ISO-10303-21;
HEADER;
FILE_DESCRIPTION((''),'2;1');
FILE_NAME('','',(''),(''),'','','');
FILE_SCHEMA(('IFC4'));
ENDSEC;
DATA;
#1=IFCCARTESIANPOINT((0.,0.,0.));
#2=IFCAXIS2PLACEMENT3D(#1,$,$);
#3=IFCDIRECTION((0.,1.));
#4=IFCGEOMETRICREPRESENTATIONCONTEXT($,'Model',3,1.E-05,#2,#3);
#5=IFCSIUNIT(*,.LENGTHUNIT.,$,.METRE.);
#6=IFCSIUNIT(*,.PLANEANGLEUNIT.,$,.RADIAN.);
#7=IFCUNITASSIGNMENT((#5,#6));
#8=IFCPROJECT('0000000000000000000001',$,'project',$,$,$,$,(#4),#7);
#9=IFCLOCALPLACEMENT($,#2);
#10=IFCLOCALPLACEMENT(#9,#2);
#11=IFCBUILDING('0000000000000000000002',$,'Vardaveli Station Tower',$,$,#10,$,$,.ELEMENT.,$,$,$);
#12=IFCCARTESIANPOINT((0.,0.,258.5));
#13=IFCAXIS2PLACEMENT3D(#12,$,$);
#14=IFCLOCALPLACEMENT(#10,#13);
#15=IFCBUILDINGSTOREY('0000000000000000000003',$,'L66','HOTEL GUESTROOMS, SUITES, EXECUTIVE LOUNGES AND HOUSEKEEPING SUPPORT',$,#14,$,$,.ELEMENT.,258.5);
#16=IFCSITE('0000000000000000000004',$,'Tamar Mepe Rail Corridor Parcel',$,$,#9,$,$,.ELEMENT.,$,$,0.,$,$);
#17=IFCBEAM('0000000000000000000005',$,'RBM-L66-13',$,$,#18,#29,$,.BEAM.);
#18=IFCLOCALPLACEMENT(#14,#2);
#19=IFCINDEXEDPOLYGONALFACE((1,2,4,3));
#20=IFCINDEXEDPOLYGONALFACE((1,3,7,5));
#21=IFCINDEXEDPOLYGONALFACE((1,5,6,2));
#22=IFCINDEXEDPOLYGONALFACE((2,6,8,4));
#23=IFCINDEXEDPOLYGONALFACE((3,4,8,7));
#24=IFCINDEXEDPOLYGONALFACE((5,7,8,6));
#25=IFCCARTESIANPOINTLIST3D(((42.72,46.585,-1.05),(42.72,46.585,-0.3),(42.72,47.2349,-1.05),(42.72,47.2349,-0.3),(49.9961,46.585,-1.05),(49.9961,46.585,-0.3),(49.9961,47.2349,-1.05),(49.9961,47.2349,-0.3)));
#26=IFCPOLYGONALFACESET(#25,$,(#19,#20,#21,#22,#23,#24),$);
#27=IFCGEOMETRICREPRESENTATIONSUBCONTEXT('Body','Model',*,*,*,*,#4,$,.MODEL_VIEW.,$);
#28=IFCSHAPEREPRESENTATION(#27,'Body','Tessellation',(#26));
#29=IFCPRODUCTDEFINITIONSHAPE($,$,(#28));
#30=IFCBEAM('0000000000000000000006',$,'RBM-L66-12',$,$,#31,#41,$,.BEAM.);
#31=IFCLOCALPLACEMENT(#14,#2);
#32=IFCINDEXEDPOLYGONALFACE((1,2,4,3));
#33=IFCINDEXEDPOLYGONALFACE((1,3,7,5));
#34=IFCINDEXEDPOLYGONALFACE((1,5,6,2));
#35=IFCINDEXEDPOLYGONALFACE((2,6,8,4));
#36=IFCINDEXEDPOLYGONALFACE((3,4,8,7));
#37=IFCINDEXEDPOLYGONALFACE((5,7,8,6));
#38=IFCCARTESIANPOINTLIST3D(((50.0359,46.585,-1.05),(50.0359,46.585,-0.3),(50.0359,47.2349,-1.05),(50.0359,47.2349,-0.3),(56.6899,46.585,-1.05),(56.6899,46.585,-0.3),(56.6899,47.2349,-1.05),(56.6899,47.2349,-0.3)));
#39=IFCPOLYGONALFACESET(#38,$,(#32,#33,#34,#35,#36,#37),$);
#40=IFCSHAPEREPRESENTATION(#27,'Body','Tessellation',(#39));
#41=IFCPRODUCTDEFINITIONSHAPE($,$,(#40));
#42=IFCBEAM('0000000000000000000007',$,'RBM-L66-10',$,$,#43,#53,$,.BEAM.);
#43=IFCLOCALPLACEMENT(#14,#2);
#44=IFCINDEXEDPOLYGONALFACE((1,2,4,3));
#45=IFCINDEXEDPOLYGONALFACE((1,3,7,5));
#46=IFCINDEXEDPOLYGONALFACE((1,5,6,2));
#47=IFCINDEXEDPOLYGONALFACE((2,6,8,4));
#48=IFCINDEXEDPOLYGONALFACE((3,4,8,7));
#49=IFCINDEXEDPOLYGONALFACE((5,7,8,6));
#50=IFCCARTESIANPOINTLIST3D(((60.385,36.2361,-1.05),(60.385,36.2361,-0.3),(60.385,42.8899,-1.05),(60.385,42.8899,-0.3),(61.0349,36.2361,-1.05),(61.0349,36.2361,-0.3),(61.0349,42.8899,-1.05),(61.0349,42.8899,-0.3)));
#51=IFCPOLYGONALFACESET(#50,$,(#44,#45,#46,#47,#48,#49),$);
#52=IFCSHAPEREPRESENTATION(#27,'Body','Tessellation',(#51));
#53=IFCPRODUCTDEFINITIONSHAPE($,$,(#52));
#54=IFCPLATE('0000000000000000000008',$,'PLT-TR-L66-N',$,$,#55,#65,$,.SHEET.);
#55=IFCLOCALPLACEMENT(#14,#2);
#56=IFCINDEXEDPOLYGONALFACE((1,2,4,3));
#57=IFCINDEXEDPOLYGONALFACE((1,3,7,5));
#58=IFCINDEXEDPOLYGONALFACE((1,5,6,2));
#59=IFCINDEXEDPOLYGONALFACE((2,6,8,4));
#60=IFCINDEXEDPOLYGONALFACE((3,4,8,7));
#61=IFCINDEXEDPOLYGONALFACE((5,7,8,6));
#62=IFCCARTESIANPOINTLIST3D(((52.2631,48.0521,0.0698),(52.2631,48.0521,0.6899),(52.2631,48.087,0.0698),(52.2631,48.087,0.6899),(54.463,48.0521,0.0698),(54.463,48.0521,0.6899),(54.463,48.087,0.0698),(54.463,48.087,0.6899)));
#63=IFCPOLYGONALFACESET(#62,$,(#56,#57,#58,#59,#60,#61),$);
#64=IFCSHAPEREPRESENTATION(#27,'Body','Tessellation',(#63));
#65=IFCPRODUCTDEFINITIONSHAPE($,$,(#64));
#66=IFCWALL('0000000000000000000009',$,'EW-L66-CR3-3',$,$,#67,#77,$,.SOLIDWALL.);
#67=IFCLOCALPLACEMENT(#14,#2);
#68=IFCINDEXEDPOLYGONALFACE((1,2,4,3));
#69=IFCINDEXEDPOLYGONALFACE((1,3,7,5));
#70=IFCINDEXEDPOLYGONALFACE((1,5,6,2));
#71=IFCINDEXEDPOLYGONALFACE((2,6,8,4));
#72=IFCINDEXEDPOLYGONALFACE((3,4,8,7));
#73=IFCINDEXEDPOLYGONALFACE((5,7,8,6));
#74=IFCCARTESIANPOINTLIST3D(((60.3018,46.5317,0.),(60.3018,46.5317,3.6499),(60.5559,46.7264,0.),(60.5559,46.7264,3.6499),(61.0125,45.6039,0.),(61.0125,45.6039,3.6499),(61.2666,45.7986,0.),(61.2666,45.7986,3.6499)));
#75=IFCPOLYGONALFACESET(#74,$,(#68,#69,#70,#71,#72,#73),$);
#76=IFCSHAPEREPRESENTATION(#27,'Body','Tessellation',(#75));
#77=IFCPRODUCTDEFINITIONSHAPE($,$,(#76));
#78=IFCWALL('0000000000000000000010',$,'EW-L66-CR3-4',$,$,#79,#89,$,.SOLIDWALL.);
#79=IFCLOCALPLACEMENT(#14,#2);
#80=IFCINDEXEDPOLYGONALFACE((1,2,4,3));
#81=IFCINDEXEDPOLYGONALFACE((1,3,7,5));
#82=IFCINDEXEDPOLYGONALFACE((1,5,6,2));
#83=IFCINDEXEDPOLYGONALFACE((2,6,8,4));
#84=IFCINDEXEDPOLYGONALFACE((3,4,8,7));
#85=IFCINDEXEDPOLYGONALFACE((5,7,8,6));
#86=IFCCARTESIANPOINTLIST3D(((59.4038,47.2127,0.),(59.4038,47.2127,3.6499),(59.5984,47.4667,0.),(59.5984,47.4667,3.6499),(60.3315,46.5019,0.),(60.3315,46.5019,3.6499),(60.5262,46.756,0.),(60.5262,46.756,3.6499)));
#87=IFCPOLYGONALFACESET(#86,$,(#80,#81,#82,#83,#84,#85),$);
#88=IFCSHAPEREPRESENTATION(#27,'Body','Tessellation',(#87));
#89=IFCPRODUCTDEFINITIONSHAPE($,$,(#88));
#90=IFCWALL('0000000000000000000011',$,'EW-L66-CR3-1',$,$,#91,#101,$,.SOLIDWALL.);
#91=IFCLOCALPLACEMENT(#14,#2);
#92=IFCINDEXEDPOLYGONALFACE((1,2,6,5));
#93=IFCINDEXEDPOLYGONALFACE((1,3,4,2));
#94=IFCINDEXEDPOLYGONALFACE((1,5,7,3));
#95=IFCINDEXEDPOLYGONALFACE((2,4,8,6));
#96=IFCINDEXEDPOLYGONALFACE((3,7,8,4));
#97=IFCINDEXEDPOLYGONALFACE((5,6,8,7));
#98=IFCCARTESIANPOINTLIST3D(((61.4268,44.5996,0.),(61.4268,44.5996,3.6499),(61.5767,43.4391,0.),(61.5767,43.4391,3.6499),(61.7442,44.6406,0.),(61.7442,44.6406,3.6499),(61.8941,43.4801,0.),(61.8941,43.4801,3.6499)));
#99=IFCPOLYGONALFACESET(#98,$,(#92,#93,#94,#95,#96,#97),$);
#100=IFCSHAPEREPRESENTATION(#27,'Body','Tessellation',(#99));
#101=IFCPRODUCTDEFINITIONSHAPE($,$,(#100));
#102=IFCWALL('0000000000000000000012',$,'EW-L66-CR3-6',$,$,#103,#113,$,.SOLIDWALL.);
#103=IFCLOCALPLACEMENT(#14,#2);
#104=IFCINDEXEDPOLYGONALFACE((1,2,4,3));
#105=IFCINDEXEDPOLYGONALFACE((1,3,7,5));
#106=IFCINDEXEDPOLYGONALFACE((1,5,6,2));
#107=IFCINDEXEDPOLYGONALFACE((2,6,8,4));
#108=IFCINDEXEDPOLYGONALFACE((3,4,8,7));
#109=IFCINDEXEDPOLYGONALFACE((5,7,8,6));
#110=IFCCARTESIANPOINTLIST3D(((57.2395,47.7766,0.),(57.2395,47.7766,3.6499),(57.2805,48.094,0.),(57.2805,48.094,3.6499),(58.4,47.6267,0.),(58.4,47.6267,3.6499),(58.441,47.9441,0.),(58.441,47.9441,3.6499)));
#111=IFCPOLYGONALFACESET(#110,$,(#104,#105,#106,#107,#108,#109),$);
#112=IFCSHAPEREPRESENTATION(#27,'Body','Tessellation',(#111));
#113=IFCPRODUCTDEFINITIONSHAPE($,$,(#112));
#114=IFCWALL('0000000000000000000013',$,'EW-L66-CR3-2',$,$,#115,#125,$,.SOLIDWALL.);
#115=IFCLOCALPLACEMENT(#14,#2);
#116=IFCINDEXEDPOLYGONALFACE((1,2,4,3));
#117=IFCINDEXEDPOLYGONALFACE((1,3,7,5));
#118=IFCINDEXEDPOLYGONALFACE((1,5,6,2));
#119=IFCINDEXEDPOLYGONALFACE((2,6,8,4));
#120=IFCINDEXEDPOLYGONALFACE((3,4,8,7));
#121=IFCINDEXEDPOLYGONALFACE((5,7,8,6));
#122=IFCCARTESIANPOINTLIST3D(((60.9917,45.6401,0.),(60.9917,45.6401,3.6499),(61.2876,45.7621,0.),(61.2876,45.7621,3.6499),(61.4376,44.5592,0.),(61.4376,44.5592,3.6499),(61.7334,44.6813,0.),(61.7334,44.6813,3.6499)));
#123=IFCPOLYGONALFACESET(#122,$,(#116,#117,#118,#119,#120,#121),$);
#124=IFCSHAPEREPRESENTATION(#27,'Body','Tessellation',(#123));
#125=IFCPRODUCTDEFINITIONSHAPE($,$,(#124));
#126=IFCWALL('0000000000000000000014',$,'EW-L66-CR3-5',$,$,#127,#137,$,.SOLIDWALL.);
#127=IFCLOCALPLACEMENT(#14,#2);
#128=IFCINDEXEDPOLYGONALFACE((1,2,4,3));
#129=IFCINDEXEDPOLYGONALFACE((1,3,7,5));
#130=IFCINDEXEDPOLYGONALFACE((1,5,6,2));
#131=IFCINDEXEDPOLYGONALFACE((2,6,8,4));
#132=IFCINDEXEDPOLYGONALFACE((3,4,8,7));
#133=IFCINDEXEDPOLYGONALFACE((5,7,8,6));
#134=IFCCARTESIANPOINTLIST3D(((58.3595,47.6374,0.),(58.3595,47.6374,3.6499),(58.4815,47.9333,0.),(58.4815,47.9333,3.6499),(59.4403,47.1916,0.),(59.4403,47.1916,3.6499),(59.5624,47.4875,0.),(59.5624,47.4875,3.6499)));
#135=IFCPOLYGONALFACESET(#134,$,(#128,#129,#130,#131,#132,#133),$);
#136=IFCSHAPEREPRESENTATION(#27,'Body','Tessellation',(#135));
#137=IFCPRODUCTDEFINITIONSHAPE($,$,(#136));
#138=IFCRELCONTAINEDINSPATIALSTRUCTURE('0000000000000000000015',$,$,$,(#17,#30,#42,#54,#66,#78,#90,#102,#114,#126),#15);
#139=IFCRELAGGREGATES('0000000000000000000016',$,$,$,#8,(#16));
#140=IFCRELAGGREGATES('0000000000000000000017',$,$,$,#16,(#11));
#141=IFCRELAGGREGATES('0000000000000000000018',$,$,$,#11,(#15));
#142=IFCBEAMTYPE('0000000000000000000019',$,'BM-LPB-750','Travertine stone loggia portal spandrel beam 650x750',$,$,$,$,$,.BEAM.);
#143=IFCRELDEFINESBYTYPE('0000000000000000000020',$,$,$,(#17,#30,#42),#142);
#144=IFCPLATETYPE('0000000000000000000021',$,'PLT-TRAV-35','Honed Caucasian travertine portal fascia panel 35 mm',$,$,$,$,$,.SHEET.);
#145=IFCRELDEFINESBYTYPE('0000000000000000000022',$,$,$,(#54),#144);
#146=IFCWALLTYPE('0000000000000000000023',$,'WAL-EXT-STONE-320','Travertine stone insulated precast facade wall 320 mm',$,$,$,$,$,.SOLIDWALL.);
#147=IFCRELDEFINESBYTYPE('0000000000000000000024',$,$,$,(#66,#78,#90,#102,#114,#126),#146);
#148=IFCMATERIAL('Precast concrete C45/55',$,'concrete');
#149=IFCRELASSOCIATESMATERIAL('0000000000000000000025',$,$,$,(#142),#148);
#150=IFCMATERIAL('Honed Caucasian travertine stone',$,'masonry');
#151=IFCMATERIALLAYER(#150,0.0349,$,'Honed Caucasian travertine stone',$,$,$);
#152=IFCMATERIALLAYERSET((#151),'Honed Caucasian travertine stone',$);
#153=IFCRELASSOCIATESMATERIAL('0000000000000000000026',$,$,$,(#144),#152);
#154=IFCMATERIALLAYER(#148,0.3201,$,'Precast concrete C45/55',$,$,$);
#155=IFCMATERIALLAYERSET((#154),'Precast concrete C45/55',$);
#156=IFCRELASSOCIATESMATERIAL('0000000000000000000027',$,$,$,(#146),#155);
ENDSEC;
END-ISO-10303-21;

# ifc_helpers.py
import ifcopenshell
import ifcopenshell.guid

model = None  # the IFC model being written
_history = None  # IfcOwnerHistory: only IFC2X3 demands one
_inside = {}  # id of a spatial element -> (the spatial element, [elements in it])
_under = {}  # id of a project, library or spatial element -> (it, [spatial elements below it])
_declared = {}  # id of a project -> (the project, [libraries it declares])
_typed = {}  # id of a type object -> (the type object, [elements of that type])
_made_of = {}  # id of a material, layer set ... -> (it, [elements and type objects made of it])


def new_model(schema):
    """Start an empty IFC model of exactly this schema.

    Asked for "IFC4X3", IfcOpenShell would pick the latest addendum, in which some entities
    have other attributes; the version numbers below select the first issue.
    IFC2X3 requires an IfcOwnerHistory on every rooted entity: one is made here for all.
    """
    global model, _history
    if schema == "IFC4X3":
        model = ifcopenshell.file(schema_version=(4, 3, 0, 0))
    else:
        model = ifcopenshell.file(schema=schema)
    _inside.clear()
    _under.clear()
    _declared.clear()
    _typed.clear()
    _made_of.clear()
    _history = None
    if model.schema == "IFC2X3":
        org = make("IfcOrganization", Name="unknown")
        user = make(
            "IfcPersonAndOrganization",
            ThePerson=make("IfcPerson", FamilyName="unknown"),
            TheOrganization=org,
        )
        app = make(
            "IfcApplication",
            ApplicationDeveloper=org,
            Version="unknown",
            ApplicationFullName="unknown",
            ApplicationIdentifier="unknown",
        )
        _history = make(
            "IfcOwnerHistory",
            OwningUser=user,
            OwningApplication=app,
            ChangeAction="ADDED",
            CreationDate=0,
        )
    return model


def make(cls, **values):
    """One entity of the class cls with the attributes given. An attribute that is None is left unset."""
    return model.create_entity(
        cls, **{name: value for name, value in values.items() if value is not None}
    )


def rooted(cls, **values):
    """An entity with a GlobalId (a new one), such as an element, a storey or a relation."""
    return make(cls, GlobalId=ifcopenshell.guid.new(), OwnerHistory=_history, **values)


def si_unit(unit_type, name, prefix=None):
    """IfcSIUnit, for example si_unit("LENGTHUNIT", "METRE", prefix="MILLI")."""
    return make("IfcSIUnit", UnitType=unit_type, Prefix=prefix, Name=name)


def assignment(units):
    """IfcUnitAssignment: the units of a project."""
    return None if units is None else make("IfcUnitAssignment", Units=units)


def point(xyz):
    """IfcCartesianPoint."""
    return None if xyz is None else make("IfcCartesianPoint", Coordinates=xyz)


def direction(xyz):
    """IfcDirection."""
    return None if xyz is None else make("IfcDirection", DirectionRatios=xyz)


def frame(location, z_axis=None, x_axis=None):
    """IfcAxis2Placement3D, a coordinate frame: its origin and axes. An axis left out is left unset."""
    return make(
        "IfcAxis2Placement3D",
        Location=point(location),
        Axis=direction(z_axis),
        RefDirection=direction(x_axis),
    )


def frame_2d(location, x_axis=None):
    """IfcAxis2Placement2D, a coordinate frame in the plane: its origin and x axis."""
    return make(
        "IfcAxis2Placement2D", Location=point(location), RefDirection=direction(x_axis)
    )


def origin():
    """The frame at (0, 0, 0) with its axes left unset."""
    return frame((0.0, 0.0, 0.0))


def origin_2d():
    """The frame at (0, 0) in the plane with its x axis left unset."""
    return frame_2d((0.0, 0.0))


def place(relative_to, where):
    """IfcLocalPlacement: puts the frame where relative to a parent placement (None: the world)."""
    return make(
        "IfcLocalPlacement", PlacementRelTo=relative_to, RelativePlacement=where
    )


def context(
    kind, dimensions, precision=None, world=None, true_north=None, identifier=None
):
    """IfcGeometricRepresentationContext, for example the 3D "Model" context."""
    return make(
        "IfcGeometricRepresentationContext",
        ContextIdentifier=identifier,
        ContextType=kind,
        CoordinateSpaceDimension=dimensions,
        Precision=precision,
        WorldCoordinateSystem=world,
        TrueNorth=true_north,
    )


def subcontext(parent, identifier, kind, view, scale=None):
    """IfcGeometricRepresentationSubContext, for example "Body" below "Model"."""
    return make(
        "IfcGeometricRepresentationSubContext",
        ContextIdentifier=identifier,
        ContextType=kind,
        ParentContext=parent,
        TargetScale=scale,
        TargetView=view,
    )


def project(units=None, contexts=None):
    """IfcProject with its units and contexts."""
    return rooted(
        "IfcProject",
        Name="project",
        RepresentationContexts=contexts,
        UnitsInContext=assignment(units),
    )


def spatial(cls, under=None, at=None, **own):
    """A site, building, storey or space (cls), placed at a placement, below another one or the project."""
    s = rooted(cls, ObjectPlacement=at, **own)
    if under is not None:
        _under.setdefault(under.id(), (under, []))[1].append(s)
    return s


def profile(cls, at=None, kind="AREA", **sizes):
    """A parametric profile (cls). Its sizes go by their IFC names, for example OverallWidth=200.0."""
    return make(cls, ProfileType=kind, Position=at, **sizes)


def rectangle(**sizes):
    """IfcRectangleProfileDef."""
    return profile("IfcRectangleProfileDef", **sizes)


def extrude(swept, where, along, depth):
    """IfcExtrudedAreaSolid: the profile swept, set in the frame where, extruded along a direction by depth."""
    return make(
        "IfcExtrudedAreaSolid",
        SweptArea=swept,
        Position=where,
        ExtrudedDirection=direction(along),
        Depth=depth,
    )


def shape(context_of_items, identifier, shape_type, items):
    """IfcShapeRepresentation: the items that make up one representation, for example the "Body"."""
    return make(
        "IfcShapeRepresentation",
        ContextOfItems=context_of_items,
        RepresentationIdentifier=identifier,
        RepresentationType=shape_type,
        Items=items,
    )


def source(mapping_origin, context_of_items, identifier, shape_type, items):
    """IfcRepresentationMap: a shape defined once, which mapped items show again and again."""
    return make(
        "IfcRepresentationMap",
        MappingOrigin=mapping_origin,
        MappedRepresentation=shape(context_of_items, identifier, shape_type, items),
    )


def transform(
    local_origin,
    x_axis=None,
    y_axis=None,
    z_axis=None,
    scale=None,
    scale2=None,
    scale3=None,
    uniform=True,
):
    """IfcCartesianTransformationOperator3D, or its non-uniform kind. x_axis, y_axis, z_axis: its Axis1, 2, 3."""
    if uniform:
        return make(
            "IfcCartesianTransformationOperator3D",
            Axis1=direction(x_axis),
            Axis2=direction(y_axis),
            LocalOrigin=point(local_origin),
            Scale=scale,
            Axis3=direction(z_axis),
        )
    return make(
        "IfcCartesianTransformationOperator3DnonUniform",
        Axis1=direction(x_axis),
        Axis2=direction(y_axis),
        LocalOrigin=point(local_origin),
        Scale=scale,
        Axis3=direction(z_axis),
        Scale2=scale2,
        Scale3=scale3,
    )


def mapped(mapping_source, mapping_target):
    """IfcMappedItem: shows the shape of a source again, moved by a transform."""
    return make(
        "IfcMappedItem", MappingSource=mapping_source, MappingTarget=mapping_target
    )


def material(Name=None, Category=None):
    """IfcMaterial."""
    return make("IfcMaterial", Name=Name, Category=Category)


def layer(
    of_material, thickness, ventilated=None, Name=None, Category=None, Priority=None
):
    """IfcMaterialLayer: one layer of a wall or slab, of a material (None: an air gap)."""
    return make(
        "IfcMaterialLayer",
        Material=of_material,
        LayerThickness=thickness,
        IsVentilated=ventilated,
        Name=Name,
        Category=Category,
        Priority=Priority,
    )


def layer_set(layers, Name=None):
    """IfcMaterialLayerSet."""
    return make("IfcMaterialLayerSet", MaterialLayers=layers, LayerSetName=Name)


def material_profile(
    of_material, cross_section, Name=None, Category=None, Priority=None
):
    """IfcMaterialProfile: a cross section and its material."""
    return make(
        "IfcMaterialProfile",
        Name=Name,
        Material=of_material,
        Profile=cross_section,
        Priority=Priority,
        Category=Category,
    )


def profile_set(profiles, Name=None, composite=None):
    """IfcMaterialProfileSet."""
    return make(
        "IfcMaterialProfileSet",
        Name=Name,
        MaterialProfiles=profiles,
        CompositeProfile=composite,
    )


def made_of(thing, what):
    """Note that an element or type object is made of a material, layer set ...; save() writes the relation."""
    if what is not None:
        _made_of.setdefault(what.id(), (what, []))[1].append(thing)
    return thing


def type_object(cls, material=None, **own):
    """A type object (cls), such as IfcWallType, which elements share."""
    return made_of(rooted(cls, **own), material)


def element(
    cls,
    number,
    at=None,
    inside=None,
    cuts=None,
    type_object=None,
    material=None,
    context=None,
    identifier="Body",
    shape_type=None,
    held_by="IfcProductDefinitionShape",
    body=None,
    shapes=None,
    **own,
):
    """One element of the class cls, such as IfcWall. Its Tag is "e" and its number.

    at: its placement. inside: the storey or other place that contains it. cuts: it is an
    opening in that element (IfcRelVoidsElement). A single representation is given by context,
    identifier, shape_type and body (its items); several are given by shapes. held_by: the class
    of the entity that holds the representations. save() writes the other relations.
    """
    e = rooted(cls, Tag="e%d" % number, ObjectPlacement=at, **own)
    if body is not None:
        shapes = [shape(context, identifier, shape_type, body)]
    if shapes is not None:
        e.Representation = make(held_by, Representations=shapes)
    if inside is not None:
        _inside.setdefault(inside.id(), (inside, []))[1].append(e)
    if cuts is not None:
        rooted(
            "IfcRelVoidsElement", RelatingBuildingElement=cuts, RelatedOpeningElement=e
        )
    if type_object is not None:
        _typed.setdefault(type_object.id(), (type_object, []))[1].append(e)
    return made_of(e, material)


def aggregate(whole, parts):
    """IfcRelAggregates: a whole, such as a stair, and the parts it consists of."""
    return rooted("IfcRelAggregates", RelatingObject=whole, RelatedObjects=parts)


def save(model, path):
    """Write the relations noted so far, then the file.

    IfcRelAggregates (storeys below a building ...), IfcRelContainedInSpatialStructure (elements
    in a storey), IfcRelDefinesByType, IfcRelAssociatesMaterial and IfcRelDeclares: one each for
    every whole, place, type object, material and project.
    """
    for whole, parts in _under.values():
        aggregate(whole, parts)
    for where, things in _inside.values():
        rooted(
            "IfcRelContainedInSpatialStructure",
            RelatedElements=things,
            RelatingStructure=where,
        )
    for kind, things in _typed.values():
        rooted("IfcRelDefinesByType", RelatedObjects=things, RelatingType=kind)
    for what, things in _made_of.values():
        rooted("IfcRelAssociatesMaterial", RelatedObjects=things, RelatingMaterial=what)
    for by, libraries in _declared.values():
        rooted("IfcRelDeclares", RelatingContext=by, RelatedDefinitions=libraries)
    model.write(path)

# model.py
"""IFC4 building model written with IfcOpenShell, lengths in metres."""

from ifc_helpers import new_model, si_unit, direction, frame, frame_2d, origin, origin_2d, place, context, subcontext, project, spatial, rectangle, extrude, source, transform, mapped, material, layer, layer_set, material_profile, profile_set, type_object, element, save


model = new_model("IFC4")

# Units and contexts
model_context = context("Model", 3, precision=1e-05, world=origin(), true_north=direction((0.0, 1.0)))
body_context = subcontext(model_context, "Body", "Model", "MODEL_VIEW")
ifc_project = project(units=[si_unit("LENGTHUNIT", "METRE"), si_unit("PLANEANGLEUNIT", "RADIAN")], contexts=[model_context])

# Site, building, storey
site_placement = place(None, origin())
site = spatial("IfcSite", under=ifc_project, at=site_placement, Name="Tamar Mepe Rail Corridor Parcel", CompositionType="ELEMENT", RefElevation=0.0)
building_placement = place(site_placement, origin())
building = spatial("IfcBuilding", under=site, at=building_placement, Name="Vardaveli Station Tower", CompositionType="ELEMENT")
storey_placement = place(building_placement, frame((0.0, 0.0, 258.5)))
storey = spatial("IfcBuildingStorey", under=building, at=storey_placement, Name="L66", Description="HOTEL GUESTROOMS, SUITES, EXECUTIVE LOUNGES AND HOUSEKEEPING SUPPORT", CompositionType="ELEMENT", Elevation=258.5)

# Beams
ifc_material_1 = material(Name="Precast concrete C45/55", Category="concrete")
ifc_material_profile_1 = material_profile(ifc_material_1, rectangle(XDim=0.6499, YDim=0.75, at=origin_2d()), Name="LPB 650x750")
ifc_profile_set_1 = profile_set([ifc_material_profile_1], Name="Precast concrete C45/55")
beam_type = type_object("IfcBeamType", Name="BM-LPB-750", Description="Travertine stone loggia portal spandrel beam 650x750", PredefinedType="BEAM", material=ifc_profile_set_1)
shared_shape_1 = source(origin(), body_context, "Body", "SweptSolid", [
    extrude(rectangle(XDim=0.6499, YDim=0.75, at=origin_2d()), origin(), (0.0, 0.0, 1.0), 7.2761),
])
beam_1_placement = place(storey_placement, frame((49.9961, 46.9099, -0.675), z_axis=(-1.0, 0.0, 0.0), x_axis=(0.0, -1.0, 0.0)))
element("IfcBeam", 1, at=beam_1_placement, inside=storey, type_object=beam_type, Name="RBM-L66-13", PredefinedType="BEAM", context=body_context, shape_type="MappedRepresentation", body=[
    mapped(shared_shape_1, transform((0.0, 0.0, 0.0), scale=1.0)),
])
shared_shape_2 = source(origin(), body_context, "Body", "SweptSolid", [
    extrude(rectangle(XDim=0.6499, YDim=0.75, at=origin_2d()), origin(), (0.0, 0.0, 1.0), 6.6541),
])
beam_2_placement = place(storey_placement, frame((56.6899, 46.9099, -0.675), z_axis=(-1.0, 0.0, 0.0), x_axis=(0.0, -1.0, 0.0)))
element("IfcBeam", 2, at=beam_2_placement, inside=storey, type_object=beam_type, Name="RBM-L66-12", PredefinedType="BEAM", context=body_context, shape_type="MappedRepresentation", body=[
    mapped(shared_shape_2, transform((0.0, 0.0, 0.0), scale=1.0)),
])
shared_shape_3 = source(origin(), body_context, "Body", "SweptSolid", [
    extrude(rectangle(XDim=0.6499, YDim=0.75, at=origin_2d()), origin(), (0.0, 0.0, 1.0), 6.6538),
])
beam_3_placement = place(storey_placement, frame((60.71, 36.2361, -0.675), z_axis=(0.0, 1.0, 0.0), x_axis=(-1.0, 0.0, 0.0)))
element("IfcBeam", 3, at=beam_3_placement, inside=storey, type_object=beam_type, Name="RBM-L66-10", PredefinedType="BEAM", context=body_context, shape_type="MappedRepresentation", body=[
    mapped(shared_shape_3, transform((0.0, 0.0, 0.0), scale=1.0)),
])

# Plate
ifc_material_2 = material(Name="Honed Caucasian travertine stone", Category="masonry")
ifc_layer_1 = layer(ifc_material_2, 0.0349, Name="Honed Caucasian travertine stone")
ifc_layer_set_1 = layer_set([ifc_layer_1], Name="Honed Caucasian travertine stone")
plate_type = type_object("IfcPlateType", Name="PLT-TRAV-35", Description="Honed Caucasian travertine portal fascia panel 35 mm", PredefinedType="SHEET", material=ifc_layer_set_1)
shared_shape_4 = source(origin(), body_context, "Body", "SweptSolid", [
    extrude(rectangle(XDim=2.2, YDim=0.0349, at=origin_2d()), origin(), (0.0, 0.0, 1.0), 0.6201),
])
plate_placement = place(storey_placement, frame((53.363, 48.0696, 0.0698), z_axis=(0.0, 0.0, 1.0), x_axis=(1.0, 0.0, 0.0)))
element("IfcPlate", 4, at=plate_placement, inside=storey, type_object=plate_type, Name="PLT-TR-L66-N", PredefinedType="SHEET", context=body_context, shape_type="MappedRepresentation", body=[
    mapped(shared_shape_4, transform((0.0, 0.0, 0.0), scale=1.0)),
])

# Walls
ifc_layer_2 = layer(ifc_material_1, 0.3201, Name="Precast concrete C45/55")
ifc_layer_set_2 = layer_set([ifc_layer_2], Name="Precast concrete C45/55")
wall_type_1 = type_object("IfcWallType", Name="WAL-EXT-STONE-320", Description="Travertine stone insulated precast facade wall 320 mm", PredefinedType="SOLIDWALL", material=ifc_layer_set_2)
shared_shape_5 = source(origin(), body_context, "Body", "SweptSolid", [
    extrude(rectangle(XDim=1.1687, YDim=0.3201, at=frame_2d((0.5845, 0.0))), origin(), (0.0, 0.0, 1.0), 3.6499),
])
for number, where, z_axis, x_axis, name in (
    (5, (61.1396, 45.7012, 0.0), (0.0, 0.0, 1.0), (-0.608124, 0.793842, 0.0), "EW-L66-CR3-3"),
    (6, (60.429, 46.6289, 0.0), (0.0, 0.0, 1.0), (-0.793842, 0.608124, 0.0), "EW-L66-CR3-4"),
):
    element("IfcWall", number, at=place(storey_placement, frame(where, z_axis=z_axis, x_axis=x_axis)), inside=storey, type_object=wall_type_1, Name=name, PredefinedType="SOLIDWALL", context=body_context, shape_type="MappedRepresentation", body=[
        mapped(shared_shape_5, transform((0.0, 0.0, 0.0), scale=1.0)),
    ])
shared_shape_6 = source(origin(), body_context, "Body", "SweptSolid", [
    extrude(rectangle(XDim=1.1702, YDim=0.3201, at=frame_2d((0.585, 0.0))), origin(), (0.0, 0.0, 1.0), 3.6499),
])
for number, where, z_axis, x_axis, name in (
    (7, (61.7354, 43.4597, 0.0), (0.0, 0.0, 1.0), (-0.12809, 0.991762, 0.0), "EW-L66-CR3-1"),
    (8, (58.4204, 47.7854, 0.0), (0.0, 0.0, 1.0), (-0.991762, 0.12809, 0.0), "EW-L66-CR3-6"),
):
    element("IfcWall", number, at=place(storey_placement, frame(where, z_axis=z_axis, x_axis=x_axis)), inside=storey, type_object=wall_type_1, Name=name, PredefinedType="SOLIDWALL", context=body_context, shape_type="MappedRepresentation", body=[
        mapped(shared_shape_6, transform((0.0, 0.0, 0.0), scale=1.0)),
    ])
shared_shape_7 = source(origin(), body_context, "Body", "SweptSolid", [
    extrude(rectangle(XDim=1.1692, YDim=0.3201, at=frame_2d((0.5845, 0.0))), origin(), (0.0, 0.0, 1.0), 3.6499),
])
for number, where, z_axis, x_axis, name in (
    (9, (61.5854, 44.6204, 0.0), (0.0, 0.0, 1.0), (-0.381306, 0.924449, 0.0), "EW-L66-CR3-2"),
    (10, (59.5012, 47.3396, 0.0), (0.0, 0.0, 1.0), (-0.924449, 0.381306, 0.0), "EW-L66-CR3-5"),
):
    element("IfcWall", number, at=place(storey_placement, frame(where, z_axis=z_axis, x_axis=x_axis)), inside=storey, type_object=wall_type_1, Name=name, PredefinedType="SOLIDWALL", context=body_context, shape_type="MappedRepresentation", body=[
        mapped(shared_shape_7, transform((0.0, 0.0, 0.0), scale=1.0)),
    ])

save(model, "model.ifc")
